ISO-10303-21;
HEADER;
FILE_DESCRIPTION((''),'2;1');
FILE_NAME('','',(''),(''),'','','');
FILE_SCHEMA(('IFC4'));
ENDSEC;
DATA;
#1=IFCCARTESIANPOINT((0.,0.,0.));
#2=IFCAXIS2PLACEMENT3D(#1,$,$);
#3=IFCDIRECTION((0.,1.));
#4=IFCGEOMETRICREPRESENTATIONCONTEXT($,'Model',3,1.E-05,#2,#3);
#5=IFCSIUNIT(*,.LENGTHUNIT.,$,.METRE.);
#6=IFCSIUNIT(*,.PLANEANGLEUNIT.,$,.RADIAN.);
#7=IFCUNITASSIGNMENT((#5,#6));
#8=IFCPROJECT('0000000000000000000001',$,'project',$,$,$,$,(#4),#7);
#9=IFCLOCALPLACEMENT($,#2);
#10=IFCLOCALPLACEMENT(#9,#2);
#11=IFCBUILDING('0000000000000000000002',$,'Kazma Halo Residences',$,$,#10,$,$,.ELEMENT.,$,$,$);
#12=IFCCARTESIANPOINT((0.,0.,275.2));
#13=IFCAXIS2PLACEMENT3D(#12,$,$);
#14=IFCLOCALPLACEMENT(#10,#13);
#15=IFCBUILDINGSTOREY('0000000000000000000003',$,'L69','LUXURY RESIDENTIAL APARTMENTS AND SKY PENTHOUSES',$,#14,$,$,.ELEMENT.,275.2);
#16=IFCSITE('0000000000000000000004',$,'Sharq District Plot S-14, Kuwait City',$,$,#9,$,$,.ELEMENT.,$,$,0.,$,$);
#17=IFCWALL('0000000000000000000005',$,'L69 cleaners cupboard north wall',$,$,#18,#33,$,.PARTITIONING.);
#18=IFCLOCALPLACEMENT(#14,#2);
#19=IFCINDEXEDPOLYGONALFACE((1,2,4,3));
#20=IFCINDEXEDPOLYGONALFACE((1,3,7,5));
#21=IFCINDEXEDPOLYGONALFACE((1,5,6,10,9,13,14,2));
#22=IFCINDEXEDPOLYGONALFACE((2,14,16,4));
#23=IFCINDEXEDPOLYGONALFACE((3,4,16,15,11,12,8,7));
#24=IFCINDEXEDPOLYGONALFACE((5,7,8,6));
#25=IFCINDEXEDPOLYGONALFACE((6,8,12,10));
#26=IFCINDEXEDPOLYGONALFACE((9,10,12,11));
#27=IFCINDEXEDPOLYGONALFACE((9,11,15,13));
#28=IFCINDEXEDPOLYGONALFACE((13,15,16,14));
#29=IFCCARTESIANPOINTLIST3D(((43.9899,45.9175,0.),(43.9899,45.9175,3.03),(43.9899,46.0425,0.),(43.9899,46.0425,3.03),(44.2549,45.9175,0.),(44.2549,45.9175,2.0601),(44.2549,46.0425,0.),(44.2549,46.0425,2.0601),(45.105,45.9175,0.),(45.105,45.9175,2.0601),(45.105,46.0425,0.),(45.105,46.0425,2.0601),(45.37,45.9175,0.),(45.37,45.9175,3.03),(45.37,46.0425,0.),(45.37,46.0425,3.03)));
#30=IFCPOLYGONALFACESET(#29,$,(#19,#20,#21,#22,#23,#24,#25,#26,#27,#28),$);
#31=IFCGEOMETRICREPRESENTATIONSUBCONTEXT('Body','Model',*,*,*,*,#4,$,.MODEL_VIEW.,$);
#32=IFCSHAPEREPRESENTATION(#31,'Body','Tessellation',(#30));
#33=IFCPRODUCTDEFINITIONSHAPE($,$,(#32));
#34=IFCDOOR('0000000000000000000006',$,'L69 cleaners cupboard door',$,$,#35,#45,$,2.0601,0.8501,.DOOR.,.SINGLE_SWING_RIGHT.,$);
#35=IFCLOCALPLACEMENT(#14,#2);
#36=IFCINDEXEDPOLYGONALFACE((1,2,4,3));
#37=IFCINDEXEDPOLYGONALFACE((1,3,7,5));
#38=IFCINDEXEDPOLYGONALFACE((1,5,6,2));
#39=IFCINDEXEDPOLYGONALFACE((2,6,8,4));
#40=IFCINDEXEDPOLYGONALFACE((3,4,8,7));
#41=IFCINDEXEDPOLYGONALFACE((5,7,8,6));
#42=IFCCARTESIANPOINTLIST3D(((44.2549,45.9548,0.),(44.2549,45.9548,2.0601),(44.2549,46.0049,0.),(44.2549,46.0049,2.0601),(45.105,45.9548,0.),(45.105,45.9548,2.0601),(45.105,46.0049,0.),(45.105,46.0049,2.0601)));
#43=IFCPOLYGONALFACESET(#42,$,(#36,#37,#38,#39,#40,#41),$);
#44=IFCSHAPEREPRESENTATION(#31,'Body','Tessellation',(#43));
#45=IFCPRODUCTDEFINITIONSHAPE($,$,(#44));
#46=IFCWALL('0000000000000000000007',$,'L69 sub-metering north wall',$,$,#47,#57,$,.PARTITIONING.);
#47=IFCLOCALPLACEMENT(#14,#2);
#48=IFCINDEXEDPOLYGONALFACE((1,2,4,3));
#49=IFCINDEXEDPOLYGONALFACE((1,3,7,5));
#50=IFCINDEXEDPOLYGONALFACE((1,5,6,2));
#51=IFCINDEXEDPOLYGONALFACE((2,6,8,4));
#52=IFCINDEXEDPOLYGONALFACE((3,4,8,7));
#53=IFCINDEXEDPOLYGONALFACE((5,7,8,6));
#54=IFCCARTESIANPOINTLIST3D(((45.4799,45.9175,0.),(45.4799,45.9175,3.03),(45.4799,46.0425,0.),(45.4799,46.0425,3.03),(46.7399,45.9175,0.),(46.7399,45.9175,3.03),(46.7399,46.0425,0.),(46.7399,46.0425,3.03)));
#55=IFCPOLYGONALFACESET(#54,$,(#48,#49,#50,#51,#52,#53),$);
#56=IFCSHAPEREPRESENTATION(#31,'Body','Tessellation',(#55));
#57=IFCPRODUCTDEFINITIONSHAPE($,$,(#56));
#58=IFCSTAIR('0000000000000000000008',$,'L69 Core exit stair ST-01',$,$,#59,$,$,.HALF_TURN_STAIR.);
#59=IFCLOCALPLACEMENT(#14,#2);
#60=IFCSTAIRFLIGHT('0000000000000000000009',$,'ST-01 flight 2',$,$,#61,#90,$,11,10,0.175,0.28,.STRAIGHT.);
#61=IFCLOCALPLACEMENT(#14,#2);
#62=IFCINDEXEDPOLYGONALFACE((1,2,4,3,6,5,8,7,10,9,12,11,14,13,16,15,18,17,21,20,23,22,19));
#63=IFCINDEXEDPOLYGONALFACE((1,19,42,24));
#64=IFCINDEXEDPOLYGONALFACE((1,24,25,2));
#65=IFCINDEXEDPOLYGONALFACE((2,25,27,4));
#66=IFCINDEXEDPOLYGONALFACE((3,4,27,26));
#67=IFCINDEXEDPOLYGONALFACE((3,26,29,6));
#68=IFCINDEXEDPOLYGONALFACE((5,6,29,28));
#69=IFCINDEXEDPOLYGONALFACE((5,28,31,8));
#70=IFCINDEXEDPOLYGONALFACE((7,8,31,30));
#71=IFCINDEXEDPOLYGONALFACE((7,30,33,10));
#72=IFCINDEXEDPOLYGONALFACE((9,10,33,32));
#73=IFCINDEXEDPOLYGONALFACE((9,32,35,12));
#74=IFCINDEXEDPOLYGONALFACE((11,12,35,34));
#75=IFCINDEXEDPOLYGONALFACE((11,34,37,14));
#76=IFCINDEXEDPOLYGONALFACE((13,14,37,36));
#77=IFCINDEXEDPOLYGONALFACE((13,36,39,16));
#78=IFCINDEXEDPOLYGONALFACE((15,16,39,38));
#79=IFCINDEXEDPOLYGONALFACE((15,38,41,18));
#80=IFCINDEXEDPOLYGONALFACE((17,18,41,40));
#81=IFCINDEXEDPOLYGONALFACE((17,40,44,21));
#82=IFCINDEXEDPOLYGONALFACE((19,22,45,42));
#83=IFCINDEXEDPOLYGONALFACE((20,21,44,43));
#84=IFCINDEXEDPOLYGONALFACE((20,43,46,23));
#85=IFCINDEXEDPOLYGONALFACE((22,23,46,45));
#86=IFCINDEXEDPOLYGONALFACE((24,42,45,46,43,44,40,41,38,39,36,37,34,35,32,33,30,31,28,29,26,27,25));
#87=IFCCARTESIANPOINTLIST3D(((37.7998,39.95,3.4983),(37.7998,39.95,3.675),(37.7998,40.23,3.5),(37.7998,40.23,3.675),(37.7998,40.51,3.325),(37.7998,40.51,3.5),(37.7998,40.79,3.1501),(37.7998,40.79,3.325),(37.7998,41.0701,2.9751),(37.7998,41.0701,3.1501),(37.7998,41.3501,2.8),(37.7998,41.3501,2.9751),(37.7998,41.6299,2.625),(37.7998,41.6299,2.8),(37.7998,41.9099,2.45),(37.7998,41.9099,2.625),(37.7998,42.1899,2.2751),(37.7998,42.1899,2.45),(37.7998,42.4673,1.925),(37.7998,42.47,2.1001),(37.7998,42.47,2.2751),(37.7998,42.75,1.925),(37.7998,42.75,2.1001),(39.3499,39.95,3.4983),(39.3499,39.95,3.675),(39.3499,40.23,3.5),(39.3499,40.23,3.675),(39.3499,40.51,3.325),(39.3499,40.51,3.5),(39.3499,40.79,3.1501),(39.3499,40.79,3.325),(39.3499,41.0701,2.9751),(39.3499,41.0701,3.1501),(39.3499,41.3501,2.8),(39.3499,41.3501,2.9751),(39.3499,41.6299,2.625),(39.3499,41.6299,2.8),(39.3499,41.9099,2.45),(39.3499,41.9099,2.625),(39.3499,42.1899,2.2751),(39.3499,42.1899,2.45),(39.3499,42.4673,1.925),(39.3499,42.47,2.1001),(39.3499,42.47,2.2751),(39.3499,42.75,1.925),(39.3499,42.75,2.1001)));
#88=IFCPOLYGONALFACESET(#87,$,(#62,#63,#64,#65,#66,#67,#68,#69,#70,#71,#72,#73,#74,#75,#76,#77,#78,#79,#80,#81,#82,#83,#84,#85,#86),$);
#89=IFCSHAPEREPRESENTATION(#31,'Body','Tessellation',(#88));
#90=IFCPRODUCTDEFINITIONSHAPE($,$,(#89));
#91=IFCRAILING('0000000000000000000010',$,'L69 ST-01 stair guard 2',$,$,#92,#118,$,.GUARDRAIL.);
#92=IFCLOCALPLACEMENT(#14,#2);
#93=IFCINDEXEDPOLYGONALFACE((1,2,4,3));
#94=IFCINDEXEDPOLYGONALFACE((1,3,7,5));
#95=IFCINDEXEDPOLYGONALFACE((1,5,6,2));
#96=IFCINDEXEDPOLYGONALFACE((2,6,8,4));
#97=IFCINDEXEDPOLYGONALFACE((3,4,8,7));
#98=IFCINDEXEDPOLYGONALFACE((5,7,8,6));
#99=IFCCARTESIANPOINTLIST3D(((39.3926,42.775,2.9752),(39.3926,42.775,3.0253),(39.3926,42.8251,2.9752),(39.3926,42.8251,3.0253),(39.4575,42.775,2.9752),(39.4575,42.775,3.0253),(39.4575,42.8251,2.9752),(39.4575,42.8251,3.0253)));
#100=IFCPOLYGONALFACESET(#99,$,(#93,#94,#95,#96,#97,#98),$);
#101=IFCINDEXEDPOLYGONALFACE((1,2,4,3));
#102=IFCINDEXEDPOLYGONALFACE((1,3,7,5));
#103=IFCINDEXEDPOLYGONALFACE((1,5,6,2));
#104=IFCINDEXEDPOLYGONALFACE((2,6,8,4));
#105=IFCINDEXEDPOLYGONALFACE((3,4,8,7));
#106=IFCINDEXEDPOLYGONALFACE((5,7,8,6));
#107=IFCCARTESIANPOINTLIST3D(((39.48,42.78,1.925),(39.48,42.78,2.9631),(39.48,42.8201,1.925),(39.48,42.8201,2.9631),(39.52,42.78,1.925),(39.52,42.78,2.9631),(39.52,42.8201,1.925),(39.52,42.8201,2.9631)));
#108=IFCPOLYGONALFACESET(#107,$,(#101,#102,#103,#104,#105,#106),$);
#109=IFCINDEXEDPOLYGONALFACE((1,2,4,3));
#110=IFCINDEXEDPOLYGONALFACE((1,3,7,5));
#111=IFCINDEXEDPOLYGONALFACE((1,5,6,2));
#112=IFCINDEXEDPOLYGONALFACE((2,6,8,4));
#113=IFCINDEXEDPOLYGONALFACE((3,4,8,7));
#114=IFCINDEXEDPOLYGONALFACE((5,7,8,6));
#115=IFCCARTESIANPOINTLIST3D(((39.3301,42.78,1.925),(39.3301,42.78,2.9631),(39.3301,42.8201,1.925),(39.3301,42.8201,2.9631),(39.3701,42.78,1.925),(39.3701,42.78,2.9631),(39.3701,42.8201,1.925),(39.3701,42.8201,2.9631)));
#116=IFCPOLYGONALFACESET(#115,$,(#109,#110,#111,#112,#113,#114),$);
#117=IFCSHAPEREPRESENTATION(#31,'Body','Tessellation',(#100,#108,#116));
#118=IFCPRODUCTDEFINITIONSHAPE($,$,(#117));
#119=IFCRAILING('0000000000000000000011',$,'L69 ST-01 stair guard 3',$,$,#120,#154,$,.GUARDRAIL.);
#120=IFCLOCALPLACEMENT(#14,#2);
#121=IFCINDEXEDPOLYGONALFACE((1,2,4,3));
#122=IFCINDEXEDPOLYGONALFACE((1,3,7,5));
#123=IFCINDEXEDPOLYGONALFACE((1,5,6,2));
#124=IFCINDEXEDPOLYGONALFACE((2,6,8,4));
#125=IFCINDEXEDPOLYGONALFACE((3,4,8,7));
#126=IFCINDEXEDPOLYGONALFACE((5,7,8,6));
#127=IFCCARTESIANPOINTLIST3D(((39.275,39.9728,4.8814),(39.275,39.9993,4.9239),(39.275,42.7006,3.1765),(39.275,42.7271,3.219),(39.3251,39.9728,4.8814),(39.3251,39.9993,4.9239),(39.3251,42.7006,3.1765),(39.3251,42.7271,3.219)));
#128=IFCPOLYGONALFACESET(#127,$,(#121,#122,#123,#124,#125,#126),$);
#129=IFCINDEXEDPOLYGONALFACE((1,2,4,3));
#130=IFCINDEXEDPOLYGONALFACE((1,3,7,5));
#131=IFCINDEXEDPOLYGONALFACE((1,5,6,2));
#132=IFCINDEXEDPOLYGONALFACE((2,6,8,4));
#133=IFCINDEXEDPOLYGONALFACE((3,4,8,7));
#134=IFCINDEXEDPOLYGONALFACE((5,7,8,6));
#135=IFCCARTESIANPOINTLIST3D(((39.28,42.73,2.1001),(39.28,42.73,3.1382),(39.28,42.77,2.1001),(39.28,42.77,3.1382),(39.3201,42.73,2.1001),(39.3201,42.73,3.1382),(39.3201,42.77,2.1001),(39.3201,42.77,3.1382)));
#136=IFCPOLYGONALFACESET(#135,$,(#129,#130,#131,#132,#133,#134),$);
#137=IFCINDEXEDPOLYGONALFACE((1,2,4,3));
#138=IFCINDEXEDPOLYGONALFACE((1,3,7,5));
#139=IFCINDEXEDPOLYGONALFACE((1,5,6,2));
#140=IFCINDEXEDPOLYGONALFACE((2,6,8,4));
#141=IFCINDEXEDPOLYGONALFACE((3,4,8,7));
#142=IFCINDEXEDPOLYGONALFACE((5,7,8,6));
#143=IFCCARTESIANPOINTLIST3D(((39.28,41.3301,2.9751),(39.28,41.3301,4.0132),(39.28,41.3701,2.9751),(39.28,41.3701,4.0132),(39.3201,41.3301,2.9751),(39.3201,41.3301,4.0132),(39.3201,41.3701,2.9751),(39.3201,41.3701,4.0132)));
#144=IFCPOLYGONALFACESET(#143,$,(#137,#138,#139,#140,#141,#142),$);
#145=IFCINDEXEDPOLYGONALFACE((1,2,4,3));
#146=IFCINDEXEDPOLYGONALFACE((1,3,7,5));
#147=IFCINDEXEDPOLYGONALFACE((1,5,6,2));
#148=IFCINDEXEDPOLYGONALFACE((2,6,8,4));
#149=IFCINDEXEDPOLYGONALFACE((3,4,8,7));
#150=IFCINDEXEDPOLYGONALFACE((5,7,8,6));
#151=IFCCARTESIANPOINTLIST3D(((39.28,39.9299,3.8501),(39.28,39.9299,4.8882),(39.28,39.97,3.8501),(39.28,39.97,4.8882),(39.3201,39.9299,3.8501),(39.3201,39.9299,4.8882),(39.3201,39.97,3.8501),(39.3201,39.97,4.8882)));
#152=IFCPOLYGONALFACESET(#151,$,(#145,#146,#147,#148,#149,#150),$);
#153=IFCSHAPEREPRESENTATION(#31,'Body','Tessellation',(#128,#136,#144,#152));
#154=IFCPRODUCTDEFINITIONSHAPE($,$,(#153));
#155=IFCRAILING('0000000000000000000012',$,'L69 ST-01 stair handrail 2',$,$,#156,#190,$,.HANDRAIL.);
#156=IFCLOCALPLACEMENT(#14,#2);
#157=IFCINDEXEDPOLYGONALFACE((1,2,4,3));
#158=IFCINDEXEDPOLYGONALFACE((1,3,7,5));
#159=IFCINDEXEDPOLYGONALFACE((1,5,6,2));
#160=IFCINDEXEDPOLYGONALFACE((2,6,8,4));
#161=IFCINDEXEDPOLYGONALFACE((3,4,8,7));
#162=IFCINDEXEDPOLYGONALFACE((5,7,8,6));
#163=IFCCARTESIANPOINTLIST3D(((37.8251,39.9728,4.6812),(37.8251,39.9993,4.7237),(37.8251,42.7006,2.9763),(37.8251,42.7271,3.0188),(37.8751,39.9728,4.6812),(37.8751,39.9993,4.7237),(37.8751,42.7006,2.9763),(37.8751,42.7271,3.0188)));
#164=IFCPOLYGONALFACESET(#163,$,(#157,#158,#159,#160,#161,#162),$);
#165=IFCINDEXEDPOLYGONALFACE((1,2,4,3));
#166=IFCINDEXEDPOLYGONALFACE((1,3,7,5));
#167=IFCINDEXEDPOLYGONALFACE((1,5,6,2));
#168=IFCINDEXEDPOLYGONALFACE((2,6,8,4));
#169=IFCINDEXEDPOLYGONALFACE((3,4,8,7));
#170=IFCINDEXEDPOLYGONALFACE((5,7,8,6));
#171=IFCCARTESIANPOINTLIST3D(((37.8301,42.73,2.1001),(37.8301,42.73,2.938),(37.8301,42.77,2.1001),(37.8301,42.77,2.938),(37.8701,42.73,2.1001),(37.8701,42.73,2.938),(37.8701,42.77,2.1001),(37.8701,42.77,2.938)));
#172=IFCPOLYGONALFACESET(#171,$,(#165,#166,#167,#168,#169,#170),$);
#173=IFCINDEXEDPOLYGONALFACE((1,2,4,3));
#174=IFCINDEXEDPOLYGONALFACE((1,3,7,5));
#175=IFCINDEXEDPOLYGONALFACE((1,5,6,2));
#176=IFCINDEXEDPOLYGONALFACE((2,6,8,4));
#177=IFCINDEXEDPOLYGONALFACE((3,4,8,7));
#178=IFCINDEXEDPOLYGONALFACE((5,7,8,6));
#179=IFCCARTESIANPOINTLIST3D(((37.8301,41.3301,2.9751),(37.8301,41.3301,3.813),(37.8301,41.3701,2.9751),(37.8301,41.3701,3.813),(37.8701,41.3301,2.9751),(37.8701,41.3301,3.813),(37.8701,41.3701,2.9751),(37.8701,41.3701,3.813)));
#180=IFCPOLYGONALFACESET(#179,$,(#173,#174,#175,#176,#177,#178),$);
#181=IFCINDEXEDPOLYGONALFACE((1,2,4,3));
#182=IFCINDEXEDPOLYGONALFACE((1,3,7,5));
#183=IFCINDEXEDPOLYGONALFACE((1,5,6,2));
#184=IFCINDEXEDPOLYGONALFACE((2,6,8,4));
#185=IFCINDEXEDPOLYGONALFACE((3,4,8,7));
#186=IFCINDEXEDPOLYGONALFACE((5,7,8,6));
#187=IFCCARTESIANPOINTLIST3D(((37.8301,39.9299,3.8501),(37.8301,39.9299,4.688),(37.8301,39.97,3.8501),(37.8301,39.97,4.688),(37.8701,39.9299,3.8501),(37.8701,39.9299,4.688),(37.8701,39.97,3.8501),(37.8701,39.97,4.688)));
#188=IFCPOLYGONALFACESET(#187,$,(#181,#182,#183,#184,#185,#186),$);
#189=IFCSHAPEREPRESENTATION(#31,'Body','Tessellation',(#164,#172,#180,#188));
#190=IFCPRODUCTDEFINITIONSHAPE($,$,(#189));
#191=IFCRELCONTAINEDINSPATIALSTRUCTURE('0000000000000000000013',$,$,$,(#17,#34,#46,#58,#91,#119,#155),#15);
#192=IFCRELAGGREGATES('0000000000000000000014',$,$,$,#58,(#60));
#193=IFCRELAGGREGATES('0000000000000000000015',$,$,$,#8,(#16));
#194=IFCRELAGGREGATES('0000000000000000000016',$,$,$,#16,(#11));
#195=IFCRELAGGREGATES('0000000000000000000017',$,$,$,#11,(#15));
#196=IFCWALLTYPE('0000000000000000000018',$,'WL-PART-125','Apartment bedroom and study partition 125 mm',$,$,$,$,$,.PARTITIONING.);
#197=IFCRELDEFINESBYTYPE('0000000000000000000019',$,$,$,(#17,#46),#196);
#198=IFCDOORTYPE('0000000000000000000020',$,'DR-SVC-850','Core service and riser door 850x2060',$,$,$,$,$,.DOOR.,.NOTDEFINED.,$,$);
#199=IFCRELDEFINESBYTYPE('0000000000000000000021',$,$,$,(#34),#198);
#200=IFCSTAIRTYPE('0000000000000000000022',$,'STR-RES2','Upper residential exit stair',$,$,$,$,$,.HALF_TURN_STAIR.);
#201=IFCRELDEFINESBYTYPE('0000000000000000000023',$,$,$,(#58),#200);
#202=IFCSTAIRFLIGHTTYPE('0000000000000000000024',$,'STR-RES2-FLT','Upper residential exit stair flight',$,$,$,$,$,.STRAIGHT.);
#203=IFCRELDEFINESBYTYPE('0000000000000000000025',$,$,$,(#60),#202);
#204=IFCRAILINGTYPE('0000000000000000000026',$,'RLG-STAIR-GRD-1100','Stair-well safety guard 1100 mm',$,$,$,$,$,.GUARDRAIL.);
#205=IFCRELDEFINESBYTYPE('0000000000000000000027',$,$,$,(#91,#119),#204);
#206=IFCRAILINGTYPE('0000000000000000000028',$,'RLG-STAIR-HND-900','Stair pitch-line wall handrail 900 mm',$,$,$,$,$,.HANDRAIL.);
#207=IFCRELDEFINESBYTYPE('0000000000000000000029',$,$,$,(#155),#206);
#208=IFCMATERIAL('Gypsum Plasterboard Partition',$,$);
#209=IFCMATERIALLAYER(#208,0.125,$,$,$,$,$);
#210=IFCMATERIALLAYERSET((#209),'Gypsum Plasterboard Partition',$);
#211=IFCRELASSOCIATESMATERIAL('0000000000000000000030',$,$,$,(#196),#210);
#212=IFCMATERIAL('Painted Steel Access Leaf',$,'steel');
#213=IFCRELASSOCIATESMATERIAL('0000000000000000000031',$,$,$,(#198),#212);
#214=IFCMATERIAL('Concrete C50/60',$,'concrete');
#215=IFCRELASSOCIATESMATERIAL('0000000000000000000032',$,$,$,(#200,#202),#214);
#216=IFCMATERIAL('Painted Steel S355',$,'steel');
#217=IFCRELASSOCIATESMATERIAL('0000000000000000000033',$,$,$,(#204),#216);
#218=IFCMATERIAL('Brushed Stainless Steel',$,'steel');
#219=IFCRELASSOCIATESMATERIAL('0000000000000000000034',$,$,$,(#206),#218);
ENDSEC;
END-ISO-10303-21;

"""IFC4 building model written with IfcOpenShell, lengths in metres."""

from ifc_helpers import new_model, si_unit, direction, frame, frame_2d, origin, origin_2d, place, context, subcontext, project, spatial, polyline, rectangle, outline, extrude, material, layer, layer_set, type_object, element, fill, aggregate, save


model = new_model("IFC4")

# Units and contexts
model_context = context("Model", 3, precision=1e-05, world=origin(), true_north=direction((0.0, 1.0)))
body_context = subcontext(model_context, "Body", "Model", "MODEL_VIEW")
ifc_project = project(units=[si_unit("LENGTHUNIT", "METRE"), si_unit("PLANEANGLEUNIT", "RADIAN")], contexts=[model_context])

# Site, building, storey
site_placement = place(None, origin())
site = spatial("IfcSite", under=ifc_project, at=site_placement, Name="Sharq District Plot S-14, Kuwait City", CompositionType="ELEMENT", RefElevation=0.0)
building_placement = place(site_placement, origin())
building = spatial("IfcBuilding", under=site, at=building_placement, Name="Kazma Halo Residences", CompositionType="ELEMENT")
storey_placement = place(building_placement, frame((0.0, 0.0, 275.2)))
storey = spatial("IfcBuildingStorey", under=building, at=storey_placement, Name="L69", Description="LUXURY RESIDENTIAL APARTMENTS AND SKY PENTHOUSES", CompositionType="ELEMENT", Elevation=275.2)

# Shared definitions
ifc_material_1 = material(Name="Gypsum Plasterboard Partition")
ifc_layer_1 = layer(ifc_material_1, 0.125)
ifc_layer_set_1 = layer_set([ifc_layer_1], Name="Gypsum Plasterboard Partition")
wall_type_1 = type_object("IfcWallType", Name="WL-PART-125", Description="Apartment bedroom and study partition 125 mm", PredefinedType="PARTITIONING", material=ifc_layer_set_1)
ifc_material_2 = material(Name="Painted Steel Access Leaf", Category="steel")
door_type_1 = type_object("IfcDoorType", Name="DR-SVC-850", Description="Core service and riser door 850x2060", OperationType="NOTDEFINED", PredefinedType="DOOR", material=ifc_material_2)

# Wall, opening, door
wall_1_placement = place(storey_placement, frame((43.99, 45.98, 0.0), z_axis=(0.0, 0.0, 1.0), x_axis=(1.0, 0.0, 0.0)))
wall_1 = element("IfcWall", 1, at=wall_1_placement, inside=storey, type_object=wall_type_1, Name="L69 cleaners cupboard north wall", PredefinedType="PARTITIONING", context=body_context, shape_type="SweptSolid", body=[
    extrude(rectangle(XDim=1.3801, YDim=0.125, at=frame_2d((0.6899, 0.0))), origin(), (0.0, 0.0, 1.0), 3.03),
])
opening_1_placement = place(wall_1_placement, frame((0.2649, 0.0, 0.0)))
opening_1 = element("IfcOpeningElement", 2, at=opening_1_placement, cuts=wall_1, PredefinedType="OPENING", context=body_context, shape_type="SweptSolid", body=[
    extrude(rectangle(XDim=0.8501, YDim=2.0601, at=frame_2d((0.425, 1.03))), frame((0.0, 0.0725, 0.0), z_axis=(0.0, -1.0, 0.0), x_axis=(1.0, 0.0, 0.0)), (0.0, 0.0, 1.0), 0.145),
])
door_1_placement = place(opening_1_placement, origin())
door_1 = element("IfcDoor", 3, at=door_1_placement, inside=storey, type_object=door_type_1, Name="L69 cleaners cupboard door", OperationType="SINGLE_SWING_RIGHT", OverallHeight=2.0601, OverallWidth=0.8501, PredefinedType="DOOR", context=body_context, shape_type="SweptSolid", body=[
    extrude(rectangle(XDim=0.8501, YDim=2.0601, at=frame_2d((0.425, 1.03))), frame((0.0, 0.0249, 0.0), z_axis=(0.0, -1.0, 0.0), x_axis=(1.0, 0.0, 0.0)), (0.0, 0.0, 1.0), 0.05),
])
fill(opening_1, door_1)

# Wall
wall_2_placement = place(storey_placement, frame((45.48, 45.98, 0.0), z_axis=(0.0, 0.0, 1.0), x_axis=(1.0, 0.0, 0.0)))
element("IfcWall", 4, at=wall_2_placement, inside=storey, type_object=wall_type_1, Name="L69 sub-metering north wall", PredefinedType="PARTITIONING", context=body_context, shape_type="SweptSolid", body=[
    extrude(rectangle(XDim=1.26, YDim=0.125, at=frame_2d((0.6299, 0.0))), origin(), (0.0, 0.0, 1.0), 3.03),
])

# Stair, stair flight
ifc_material_3 = material(Name="Concrete C50/60", Category="concrete")
stair_type = type_object("IfcStairType", Name="STR-RES2", Description="Upper residential exit stair", PredefinedType="HALF_TURN_STAIR", material=ifc_material_3)
stair_placement = place(storey_placement, origin())
stair = element("IfcStair", 5, at=stair_placement, inside=storey, type_object=stair_type, Name="L69 Core exit stair ST-01", PredefinedType="HALF_TURN_STAIR")
stair_flight_type = type_object("IfcStairFlightType", Name="STR-RES2-FLT", Description="Upper residential exit stair flight", PredefinedType="STRAIGHT", material=ifc_material_3)
stair_flight_placement = place(storey_placement, frame((38.575, 42.75, 1.925), z_axis=(0.0, 0.0, 1.0), x_axis=(0.0, -1.0, 0.0)))
stair_flight = element("IfcStairFlight", 6, at=stair_flight_placement, type_object=stair_flight_type, Name="ST-01 flight 2", NumberOfRisers=11, NumberOfTreads=10, PredefinedType="STRAIGHT", RiserHeight=0.175, TreadLength=0.28, context=body_context, shape_type="SweptSolid", body=[
    extrude(outline(polyline([(0.0, 0.0), (0.0, 0.175), (0.28, 0.175), (0.28, 0.3501), (0.5601, 0.3501), (0.5601, 0.5249), (0.8401, 0.5249), (0.8401, 0.7), (1.1201, 0.7), (1.1201, 0.875), (1.3999, 0.875), (1.3999, 1.05), (1.6799, 1.05), (1.6799, 1.2251), (1.96, 1.2251), (1.96, 1.3999), (2.24, 1.3999), (2.24, 1.575), (2.52, 1.575), (2.52, 1.75), (2.8, 1.75), (2.8, 1.925), (2.8, 1.5732), (0.2827, 0.0), (0.0, 0.0)])), frame((0.0, 0.7749, 0.0), z_axis=(0.0, -1.0, 0.0), x_axis=(1.0, 0.0, 0.0)), (0.0, 0.0, 1.0), 1.55),
])
aggregate(stair, [stair_flight])

# Railings
ifc_material_4 = material(Name="Painted Steel S355", Category="steel")
railing_type_1 = type_object("IfcRailingType", Name="RLG-STAIR-GRD-1100", Description="Stair-well safety guard 1100 mm", PredefinedType="GUARDRAIL", material=ifc_material_4)
railing_1_placement = place(storey_placement, frame((39.5, 42.8, 1.925)))
element("IfcRailing", 7, at=railing_1_placement, inside=storey, type_object=railing_type_1, Name="L69 ST-01 stair guard 2", PredefinedType="GUARDRAIL", context=body_context, shape_type="SweptSolid", body=[
    extrude(rectangle(XDim=0.05, YDim=0.05, at=origin_2d()), frame((-0.0425, 0.0, 1.0752), z_axis=(-1.0, 0.0, 0.0), x_axis=(0.0, -1.0, 0.0)), (0.0, 0.0, 1.0), 0.0649),
    extrude(rectangle(XDim=0.04, YDim=0.04, at=origin_2d()), origin(), (0.0, 0.0, 1.0), 1.0381),
    extrude(rectangle(XDim=0.04, YDim=0.04, at=origin_2d()), frame((-0.1499, 0.0, 0.0)), (0.0, 0.0, 1.0), 1.0381),
])
railing_2_placement = place(storey_placement, frame((39.3, 42.75, 2.1001)))
element("IfcRailing", 8, at=railing_2_placement, inside=storey, type_object=railing_type_1, Name="L69 ST-01 stair guard 3", PredefinedType="GUARDRAIL", context=body_context, shape_type="SweptSolid", body=[
    extrude(rectangle(XDim=0.05, YDim=0.05, at=origin_2d()), frame((0.0, -0.0361, 1.0977), z_axis=(0.0, -0.848002, 0.529992), x_axis=(1.0, 0.0, 0.0)), (0.0, 0.0, 1.0), 3.2168),
    extrude(rectangle(XDim=0.04, YDim=0.04, at=origin_2d()), origin(), (0.0, 0.0, 1.0), 1.0381),
    extrude(rectangle(XDim=0.04, YDim=0.04, at=origin_2d()), frame((0.0, -1.3999, 0.875)), (0.0, 0.0, 1.0), 1.0381),
    extrude(rectangle(XDim=0.04, YDim=0.04, at=origin_2d()), frame((0.0, -2.8, 1.75)), (0.0, 0.0, 1.0), 1.0381),
])
ifc_material_5 = material(Name="Brushed Stainless Steel", Category="steel")
railing_type_2 = type_object("IfcRailingType", Name="RLG-STAIR-HND-900", Description="Stair pitch-line wall handrail 900 mm", PredefinedType="HANDRAIL", material=ifc_material_5)
railing_3_placement = place(storey_placement, frame((37.8501, 42.75, 2.1001)))
element("IfcRailing", 9, at=railing_3_placement, inside=storey, type_object=railing_type_2, Name="L69 ST-01 stair handrail 2", PredefinedType="HANDRAIL", context=body_context, shape_type="SweptSolid", body=[
    extrude(rectangle(XDim=0.05, YDim=0.05, at=origin_2d()), frame((0.0, -0.0361, 0.8975), z_axis=(0.0, -0.848002, 0.529992), x_axis=(1.0, 0.0, 0.0)), (0.0, 0.0, 1.0), 3.2168),
    extrude(rectangle(XDim=0.04, YDim=0.04, at=origin_2d()), origin(), (0.0, 0.0, 1.0), 0.8379),
    extrude(rectangle(XDim=0.04, YDim=0.04, at=origin_2d()), frame((0.0, -1.3999, 0.875)), (0.0, 0.0, 1.0), 0.8379),
    extrude(rectangle(XDim=0.04, YDim=0.04, at=origin_2d()), frame((0.0, -2.8, 1.75)), (0.0, 0.0, 1.0), 0.8379),
])

save(model, "model.ifc")
